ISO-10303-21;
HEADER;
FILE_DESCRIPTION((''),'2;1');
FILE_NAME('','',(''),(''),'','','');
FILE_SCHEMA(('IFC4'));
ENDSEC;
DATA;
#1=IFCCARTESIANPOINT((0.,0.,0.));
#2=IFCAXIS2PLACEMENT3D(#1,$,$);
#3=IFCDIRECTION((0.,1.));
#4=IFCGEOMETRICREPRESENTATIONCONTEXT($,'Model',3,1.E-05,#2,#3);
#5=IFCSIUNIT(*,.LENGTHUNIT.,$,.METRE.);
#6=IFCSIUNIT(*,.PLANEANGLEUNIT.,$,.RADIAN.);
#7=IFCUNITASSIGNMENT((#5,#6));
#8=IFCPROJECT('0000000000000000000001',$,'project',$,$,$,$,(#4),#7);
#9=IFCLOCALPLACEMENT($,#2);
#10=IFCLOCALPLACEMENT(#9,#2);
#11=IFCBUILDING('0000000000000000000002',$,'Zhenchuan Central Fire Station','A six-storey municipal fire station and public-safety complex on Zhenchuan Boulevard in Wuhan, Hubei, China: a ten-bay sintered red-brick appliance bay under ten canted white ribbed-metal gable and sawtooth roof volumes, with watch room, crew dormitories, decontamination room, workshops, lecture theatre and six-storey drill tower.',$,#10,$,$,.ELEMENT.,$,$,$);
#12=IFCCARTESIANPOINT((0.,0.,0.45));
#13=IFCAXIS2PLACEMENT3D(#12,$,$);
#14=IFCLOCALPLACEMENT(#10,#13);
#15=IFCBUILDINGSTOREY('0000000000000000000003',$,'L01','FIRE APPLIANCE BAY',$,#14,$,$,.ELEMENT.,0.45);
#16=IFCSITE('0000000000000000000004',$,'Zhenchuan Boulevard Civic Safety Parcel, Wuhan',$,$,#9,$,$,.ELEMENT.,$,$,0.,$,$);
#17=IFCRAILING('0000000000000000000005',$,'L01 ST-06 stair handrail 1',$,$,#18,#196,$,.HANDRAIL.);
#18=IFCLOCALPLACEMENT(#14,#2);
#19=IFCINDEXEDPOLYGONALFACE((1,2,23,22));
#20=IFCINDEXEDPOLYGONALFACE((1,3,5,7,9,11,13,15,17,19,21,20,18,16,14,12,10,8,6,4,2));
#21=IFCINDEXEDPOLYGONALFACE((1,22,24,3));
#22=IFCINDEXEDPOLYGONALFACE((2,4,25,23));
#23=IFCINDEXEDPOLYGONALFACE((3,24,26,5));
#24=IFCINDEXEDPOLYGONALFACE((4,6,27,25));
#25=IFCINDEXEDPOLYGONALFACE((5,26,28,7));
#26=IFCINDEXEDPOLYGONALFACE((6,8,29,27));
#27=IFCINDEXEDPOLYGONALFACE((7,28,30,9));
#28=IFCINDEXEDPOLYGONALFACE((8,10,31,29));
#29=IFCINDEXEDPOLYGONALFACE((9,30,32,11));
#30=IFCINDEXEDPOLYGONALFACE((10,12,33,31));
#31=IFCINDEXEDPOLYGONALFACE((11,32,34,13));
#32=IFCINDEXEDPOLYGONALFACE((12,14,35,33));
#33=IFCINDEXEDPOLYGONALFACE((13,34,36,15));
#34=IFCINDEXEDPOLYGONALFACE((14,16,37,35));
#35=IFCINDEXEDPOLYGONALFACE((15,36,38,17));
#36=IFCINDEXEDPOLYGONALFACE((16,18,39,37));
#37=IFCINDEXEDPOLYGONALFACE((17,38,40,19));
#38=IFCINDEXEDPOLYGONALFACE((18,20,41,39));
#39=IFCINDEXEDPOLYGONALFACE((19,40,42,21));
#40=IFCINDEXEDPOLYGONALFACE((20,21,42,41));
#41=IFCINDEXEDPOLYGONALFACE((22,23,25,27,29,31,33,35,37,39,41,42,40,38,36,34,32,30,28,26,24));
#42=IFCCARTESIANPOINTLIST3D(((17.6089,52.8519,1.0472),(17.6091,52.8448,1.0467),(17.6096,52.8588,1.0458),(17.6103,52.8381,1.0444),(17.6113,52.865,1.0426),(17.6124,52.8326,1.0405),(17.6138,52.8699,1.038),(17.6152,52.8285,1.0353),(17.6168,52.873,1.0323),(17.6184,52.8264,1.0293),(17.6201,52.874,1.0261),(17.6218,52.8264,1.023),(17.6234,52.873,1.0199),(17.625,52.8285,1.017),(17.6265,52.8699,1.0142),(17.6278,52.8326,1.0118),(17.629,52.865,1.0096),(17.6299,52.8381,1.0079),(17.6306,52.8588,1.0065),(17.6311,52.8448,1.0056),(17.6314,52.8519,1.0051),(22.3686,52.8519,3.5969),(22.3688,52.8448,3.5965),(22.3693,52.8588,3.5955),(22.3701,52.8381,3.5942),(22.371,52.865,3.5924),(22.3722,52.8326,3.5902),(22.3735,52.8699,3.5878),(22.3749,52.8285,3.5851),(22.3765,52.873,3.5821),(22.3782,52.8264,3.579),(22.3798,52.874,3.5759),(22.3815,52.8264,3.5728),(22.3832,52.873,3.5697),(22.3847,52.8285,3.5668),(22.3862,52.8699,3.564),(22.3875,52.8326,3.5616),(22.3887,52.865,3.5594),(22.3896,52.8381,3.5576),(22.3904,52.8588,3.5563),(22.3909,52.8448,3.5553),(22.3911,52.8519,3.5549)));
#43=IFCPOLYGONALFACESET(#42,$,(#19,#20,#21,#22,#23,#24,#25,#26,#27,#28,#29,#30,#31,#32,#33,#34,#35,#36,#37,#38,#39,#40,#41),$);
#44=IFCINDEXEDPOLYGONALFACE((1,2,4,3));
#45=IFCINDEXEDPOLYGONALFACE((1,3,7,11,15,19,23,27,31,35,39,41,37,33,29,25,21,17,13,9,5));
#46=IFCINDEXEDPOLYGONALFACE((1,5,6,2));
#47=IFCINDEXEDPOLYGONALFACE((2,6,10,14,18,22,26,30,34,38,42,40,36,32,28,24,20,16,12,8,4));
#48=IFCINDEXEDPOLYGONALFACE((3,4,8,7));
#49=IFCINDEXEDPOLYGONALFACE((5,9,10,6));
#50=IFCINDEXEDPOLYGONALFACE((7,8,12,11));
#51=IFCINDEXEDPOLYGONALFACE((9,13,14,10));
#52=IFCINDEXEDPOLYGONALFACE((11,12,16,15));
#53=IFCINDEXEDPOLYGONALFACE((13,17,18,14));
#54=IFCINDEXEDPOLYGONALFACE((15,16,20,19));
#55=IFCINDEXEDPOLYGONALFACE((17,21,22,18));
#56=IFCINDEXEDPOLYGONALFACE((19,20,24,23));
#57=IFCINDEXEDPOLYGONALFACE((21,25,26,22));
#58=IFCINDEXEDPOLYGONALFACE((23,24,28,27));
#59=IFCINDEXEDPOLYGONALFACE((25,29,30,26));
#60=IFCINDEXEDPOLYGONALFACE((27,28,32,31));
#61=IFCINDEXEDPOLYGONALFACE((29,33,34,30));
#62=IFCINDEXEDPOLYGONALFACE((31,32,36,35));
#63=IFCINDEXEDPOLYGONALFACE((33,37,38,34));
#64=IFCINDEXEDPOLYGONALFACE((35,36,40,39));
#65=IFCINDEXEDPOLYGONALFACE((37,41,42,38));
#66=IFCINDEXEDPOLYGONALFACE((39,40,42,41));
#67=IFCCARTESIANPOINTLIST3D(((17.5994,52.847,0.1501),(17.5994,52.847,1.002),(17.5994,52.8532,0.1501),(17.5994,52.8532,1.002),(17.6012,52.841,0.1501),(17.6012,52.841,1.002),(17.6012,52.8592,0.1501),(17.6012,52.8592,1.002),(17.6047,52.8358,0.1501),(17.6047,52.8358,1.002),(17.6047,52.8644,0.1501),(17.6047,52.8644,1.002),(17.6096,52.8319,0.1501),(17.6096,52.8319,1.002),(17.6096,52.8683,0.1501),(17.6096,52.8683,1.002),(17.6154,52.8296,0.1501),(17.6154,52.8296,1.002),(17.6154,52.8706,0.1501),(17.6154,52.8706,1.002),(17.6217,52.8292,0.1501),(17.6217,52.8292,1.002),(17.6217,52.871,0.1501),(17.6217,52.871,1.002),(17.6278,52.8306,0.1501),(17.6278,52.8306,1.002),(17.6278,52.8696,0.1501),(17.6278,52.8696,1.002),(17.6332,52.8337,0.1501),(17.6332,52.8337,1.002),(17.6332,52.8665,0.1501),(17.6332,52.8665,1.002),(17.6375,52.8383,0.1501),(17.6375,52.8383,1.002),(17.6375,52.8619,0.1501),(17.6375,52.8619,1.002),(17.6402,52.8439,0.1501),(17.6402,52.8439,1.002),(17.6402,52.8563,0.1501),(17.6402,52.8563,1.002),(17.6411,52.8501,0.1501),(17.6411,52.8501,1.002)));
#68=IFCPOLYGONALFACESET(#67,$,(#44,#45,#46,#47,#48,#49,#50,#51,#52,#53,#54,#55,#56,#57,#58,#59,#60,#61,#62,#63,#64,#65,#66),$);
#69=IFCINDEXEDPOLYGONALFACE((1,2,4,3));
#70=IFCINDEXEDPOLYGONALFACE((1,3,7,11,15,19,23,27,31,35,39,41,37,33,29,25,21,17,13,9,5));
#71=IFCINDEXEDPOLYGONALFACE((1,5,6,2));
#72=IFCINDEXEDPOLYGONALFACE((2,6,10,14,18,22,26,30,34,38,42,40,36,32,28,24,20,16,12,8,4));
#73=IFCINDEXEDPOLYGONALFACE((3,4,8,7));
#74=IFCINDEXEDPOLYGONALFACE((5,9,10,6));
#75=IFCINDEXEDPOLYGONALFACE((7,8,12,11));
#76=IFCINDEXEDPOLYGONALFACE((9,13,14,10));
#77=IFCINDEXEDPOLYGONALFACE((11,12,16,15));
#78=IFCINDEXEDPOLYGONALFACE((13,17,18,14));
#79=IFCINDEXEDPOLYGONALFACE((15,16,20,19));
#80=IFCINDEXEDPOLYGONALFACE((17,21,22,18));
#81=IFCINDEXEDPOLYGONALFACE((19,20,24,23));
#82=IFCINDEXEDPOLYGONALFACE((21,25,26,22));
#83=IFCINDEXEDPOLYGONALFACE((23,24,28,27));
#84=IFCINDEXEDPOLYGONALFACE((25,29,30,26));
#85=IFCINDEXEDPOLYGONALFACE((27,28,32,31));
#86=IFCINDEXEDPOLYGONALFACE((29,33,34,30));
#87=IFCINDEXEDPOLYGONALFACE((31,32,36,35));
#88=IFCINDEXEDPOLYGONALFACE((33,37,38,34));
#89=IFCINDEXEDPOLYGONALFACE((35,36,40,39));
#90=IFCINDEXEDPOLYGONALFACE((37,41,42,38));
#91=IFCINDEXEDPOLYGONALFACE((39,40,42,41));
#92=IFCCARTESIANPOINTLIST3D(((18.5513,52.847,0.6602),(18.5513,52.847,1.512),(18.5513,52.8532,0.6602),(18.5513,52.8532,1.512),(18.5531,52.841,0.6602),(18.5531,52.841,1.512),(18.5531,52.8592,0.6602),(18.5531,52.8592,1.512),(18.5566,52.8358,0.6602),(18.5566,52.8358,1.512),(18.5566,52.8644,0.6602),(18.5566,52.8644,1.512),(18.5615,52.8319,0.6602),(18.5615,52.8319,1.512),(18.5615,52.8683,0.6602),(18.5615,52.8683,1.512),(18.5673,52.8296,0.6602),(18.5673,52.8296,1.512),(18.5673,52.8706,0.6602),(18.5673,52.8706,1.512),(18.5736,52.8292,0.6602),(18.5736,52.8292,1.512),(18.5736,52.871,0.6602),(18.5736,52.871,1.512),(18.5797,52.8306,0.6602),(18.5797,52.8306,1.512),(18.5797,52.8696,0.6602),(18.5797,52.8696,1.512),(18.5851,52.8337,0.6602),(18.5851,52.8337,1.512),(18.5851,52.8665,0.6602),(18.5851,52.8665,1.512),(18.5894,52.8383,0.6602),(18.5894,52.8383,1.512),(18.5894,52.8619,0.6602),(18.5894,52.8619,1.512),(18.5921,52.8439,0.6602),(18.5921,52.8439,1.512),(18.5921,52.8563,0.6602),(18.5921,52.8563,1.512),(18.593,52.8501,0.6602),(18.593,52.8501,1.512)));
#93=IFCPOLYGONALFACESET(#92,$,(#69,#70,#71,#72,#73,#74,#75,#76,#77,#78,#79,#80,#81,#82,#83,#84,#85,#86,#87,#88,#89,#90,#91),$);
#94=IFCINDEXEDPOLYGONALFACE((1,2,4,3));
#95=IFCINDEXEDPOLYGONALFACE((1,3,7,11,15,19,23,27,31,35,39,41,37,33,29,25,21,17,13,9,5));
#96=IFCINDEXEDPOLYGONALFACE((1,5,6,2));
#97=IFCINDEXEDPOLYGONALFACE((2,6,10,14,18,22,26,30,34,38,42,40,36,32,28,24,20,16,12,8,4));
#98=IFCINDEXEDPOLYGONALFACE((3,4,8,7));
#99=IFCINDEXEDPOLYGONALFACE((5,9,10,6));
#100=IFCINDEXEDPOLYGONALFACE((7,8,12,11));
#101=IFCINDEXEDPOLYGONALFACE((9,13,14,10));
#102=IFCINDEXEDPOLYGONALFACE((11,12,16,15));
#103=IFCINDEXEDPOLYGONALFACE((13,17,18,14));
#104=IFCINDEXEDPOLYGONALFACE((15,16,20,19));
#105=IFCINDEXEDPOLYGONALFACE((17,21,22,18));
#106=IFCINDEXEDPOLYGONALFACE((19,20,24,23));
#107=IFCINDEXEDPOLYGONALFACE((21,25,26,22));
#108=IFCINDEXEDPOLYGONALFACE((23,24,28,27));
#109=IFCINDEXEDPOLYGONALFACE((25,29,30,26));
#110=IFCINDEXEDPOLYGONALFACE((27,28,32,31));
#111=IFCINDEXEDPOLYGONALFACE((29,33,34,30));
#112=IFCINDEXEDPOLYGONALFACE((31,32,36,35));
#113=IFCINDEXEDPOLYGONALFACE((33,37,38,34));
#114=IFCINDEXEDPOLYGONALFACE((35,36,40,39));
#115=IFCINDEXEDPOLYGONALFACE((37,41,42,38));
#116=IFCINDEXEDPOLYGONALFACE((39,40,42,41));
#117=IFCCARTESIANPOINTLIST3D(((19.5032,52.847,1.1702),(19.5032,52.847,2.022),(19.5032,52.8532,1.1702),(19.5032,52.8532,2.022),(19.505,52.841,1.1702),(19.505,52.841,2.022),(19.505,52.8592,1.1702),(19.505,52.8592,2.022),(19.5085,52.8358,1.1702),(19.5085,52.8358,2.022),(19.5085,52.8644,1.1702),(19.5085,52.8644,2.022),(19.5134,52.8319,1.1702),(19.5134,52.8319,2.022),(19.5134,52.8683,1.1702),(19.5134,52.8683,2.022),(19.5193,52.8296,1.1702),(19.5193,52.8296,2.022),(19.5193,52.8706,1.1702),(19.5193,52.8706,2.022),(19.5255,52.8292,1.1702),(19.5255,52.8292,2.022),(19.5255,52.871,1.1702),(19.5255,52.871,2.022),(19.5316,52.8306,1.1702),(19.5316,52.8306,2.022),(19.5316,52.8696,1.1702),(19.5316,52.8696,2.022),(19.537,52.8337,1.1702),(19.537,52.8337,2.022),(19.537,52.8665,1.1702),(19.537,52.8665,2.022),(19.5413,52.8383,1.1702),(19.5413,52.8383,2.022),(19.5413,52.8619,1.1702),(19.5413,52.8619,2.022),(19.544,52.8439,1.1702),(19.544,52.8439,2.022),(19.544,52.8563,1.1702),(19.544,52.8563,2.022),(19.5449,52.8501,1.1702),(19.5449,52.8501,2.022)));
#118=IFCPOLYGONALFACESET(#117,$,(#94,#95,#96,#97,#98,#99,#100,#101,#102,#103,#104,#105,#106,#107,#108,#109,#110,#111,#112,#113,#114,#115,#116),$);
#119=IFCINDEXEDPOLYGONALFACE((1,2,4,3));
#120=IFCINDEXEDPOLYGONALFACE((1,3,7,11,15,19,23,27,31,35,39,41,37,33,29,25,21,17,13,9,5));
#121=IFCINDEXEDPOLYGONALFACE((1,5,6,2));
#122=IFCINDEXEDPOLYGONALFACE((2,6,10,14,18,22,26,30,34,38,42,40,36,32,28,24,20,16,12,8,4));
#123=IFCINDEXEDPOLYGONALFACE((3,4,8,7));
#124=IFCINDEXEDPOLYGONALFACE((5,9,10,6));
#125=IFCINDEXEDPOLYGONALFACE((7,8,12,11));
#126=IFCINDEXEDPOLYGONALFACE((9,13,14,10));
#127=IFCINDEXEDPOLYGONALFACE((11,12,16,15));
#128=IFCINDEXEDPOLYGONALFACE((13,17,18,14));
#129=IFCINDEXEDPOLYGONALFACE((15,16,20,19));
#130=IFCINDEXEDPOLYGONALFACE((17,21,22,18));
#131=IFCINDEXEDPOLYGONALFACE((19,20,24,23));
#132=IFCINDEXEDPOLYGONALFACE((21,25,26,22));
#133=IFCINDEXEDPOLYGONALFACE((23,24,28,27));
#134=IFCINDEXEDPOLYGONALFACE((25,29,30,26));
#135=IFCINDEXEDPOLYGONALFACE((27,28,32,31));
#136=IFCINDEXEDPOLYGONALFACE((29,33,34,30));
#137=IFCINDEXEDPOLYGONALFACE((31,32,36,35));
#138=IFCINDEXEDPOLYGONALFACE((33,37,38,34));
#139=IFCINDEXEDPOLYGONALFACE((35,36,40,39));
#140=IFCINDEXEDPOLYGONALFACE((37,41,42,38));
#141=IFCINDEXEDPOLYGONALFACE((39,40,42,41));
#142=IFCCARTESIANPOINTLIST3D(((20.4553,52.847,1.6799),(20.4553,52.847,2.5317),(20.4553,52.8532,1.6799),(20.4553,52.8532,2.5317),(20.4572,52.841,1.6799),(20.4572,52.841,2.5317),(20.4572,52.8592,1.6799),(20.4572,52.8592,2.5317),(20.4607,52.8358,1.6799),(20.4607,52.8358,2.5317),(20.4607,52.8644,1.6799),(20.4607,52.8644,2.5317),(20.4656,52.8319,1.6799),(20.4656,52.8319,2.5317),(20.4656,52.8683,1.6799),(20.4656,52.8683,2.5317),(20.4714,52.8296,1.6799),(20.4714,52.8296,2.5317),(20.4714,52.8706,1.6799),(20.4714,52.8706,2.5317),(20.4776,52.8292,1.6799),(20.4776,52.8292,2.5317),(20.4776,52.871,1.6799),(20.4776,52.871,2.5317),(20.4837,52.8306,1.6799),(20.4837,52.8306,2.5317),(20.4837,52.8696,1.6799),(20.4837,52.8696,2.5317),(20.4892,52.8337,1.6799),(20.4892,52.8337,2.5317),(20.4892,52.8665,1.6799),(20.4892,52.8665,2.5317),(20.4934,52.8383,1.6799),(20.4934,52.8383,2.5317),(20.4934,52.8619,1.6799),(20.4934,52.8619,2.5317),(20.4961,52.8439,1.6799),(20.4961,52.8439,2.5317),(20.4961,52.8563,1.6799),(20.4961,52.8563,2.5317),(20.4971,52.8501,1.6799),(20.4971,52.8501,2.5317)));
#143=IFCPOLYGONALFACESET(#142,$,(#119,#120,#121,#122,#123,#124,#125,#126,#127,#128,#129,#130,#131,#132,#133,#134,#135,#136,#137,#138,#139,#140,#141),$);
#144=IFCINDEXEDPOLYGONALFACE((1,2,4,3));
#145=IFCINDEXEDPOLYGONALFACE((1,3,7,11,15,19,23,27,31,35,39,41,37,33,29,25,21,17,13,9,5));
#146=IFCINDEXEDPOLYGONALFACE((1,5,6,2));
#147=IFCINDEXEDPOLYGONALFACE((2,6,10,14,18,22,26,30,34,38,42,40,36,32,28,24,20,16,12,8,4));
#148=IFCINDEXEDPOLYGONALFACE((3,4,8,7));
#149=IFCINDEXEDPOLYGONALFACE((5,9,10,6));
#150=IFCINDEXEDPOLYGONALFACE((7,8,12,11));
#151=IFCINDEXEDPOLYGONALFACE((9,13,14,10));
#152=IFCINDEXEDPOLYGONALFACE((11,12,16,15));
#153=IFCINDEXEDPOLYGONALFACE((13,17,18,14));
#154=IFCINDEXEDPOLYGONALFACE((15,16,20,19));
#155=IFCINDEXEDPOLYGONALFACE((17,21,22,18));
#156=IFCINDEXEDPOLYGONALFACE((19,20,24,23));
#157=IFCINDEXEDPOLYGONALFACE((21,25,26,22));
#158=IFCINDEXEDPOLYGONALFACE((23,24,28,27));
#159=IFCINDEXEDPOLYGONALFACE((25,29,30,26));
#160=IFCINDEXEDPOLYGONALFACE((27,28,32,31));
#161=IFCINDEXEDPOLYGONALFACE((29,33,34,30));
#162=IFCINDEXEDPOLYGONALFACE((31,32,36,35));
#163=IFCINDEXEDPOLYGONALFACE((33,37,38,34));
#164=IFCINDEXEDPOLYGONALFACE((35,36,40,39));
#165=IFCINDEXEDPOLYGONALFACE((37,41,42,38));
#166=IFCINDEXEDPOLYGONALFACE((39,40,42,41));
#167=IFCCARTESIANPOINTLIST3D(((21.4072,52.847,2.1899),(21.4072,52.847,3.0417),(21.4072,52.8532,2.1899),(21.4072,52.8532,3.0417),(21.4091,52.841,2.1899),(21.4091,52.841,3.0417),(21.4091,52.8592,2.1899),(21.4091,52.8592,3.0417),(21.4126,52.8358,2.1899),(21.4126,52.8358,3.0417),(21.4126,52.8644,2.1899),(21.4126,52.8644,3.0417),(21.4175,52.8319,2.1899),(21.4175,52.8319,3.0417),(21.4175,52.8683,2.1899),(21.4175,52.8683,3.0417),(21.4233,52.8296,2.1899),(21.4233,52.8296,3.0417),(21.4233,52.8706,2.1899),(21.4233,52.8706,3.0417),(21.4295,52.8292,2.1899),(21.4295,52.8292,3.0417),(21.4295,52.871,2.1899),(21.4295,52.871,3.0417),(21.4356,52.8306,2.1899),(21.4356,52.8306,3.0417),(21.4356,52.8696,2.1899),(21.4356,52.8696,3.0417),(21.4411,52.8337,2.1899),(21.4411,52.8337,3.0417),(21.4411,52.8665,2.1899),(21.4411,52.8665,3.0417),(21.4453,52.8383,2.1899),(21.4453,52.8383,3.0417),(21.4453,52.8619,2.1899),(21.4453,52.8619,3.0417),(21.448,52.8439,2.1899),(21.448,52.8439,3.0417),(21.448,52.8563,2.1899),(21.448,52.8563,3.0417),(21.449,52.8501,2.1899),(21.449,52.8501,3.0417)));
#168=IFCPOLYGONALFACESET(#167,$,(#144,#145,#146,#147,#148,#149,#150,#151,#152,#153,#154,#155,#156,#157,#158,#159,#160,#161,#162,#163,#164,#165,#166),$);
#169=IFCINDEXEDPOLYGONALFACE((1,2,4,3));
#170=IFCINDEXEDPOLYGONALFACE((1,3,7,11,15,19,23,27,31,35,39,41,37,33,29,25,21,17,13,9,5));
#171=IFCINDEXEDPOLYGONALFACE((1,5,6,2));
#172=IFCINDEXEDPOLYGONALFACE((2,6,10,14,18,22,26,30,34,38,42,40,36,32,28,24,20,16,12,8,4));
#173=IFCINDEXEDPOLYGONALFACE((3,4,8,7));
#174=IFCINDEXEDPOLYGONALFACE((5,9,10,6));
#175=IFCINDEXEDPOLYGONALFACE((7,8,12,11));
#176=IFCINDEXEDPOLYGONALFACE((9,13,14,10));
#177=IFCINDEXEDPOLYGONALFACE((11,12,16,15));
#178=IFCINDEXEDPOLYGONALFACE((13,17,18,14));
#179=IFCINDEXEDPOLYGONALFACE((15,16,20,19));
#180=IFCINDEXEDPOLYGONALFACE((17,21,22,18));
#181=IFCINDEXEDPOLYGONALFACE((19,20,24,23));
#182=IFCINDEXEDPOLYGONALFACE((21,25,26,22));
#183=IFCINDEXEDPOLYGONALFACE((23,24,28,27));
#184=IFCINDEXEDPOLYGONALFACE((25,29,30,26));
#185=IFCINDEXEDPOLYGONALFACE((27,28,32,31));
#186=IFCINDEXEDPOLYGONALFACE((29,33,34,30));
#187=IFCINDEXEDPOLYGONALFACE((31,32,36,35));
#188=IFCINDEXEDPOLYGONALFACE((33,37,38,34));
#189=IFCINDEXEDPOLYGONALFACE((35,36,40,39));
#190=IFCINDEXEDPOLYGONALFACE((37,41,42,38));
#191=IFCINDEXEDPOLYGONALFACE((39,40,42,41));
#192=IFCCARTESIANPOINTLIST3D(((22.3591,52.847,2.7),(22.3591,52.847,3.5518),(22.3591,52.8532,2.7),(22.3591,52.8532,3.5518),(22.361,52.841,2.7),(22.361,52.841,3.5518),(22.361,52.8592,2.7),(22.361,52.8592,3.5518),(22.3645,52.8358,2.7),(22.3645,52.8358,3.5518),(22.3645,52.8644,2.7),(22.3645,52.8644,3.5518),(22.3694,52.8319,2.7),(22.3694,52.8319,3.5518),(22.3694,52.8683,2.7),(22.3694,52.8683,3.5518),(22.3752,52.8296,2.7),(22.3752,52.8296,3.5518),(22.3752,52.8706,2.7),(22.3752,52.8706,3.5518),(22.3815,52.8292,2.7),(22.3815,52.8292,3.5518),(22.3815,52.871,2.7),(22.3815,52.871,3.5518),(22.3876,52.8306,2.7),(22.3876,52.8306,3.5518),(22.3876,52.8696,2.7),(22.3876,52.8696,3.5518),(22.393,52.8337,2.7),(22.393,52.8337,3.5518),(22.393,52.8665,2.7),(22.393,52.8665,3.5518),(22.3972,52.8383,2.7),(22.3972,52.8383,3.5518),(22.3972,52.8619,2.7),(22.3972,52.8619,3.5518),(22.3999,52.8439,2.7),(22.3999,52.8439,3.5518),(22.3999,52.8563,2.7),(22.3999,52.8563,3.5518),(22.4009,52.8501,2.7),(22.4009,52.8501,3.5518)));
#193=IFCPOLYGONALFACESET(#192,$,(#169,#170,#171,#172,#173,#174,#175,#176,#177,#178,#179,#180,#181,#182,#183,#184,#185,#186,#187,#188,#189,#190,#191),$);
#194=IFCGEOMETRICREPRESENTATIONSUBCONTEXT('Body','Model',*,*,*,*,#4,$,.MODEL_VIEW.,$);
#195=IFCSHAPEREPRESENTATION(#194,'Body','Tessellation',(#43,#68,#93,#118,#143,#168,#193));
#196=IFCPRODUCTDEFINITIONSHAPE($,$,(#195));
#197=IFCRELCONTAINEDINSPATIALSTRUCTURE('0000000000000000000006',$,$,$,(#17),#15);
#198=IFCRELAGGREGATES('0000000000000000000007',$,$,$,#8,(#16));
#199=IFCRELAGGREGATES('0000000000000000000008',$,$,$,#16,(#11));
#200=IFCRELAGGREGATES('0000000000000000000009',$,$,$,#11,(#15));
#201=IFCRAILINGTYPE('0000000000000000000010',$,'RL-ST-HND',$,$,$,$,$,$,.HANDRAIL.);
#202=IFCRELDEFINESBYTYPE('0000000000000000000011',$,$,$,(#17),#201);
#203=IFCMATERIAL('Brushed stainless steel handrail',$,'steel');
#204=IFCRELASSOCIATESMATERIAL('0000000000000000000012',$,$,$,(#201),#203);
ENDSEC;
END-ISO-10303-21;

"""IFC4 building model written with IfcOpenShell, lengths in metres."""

from ifc_helpers import new_model, si_unit, direction, frame, origin, origin_2d, place, context, subcontext, project, spatial, circle, extrude, material, type_object, element, save


model = new_model("IFC4")

# Units and contexts
model_context = context("Model", 3, precision=1e-05, world=origin(), true_north=direction((0.0, 1.0)))
body_context = subcontext(model_context, "Body", "Model", "MODEL_VIEW")
ifc_project = project(units=[si_unit("LENGTHUNIT", "METRE"), si_unit("PLANEANGLEUNIT", "RADIAN")], contexts=[model_context])

# Site, building, storey
site_placement = place(None, origin())
site = spatial("IfcSite", under=ifc_project, at=site_placement, Name="Zhenchuan Boulevard Civic Safety Parcel, Wuhan", CompositionType="ELEMENT", RefElevation=0.0)
building_placement = place(site_placement, origin())
building = spatial("IfcBuilding", under=site, at=building_placement, Name="Zhenchuan Central Fire Station", Description="A six-storey municipal fire station and public-safety complex on Zhenchuan Boulevard in Wuhan, Hubei, China: a ten-bay sintered red-brick appliance bay under ten canted white ribbed-metal gable and sawtooth roof volumes, with watch room, crew dormitories, decontamination room, workshops, lecture theatre and six-storey drill tower.", CompositionType="ELEMENT")
storey_placement = place(building_placement, frame((0.0, 0.0, 0.45)))
storey = spatial("IfcBuildingStorey", under=building, at=storey_placement, Name="L01", Description="FIRE APPLIANCE BAY", CompositionType="ELEMENT", Elevation=0.45)

# Railing
ifc_material_1 = material(Name="Brushed stainless steel handrail", Category="steel")
railing_type_1 = type_object("IfcRailingType", Name="RL-ST-HND", PredefinedType="HANDRAIL", material=ifc_material_1)
railing_1_placement = place(storey_placement, frame((17.6201, 52.8501, 0.1501)))
element("IfcRailing", 1, at=railing_1_placement, inside=storey, type_object=railing_type_1, Name="L01 ST-06 stair handrail 1", PredefinedType="HANDRAIL", context=body_context, shape_type="SweptSolid", body=[
    extrude(circle(Radius=0.0239, at=origin_2d()), frame((0.0, 0.0, 0.876), z_axis=(0.881485, 0.0, 0.472211), x_axis=(0.0, 1.0, 0.0)), (0.0, 0.0, 1.0), 5.3997),
    extrude(circle(Radius=0.021, at=origin_2d()), origin(), (0.0, 0.0, 1.0), 0.8518),
    extrude(circle(Radius=0.021, at=origin_2d()), frame((0.9519, 0.0, 0.51)), (0.0, 0.0, 1.0), 0.8518),
    extrude(circle(Radius=0.021, at=origin_2d()), frame((1.9038, 0.0, 1.02)), (0.0, 0.0, 1.0), 0.8518),
    extrude(circle(Radius=0.021, at=origin_2d()), frame((2.856, 0.0, 1.5298)), (0.0, 0.0, 1.0), 0.8518),
    extrude(circle(Radius=0.021, at=origin_2d()), frame((3.8079, 0.0, 2.0398)), (0.0, 0.0, 1.0), 0.8518),
    extrude(circle(Radius=0.021, at=origin_2d()), frame((4.7598, 0.0, 2.5498)), (0.0, 0.0, 1.0), 0.8518),
])

save(model, "model.ifc")
